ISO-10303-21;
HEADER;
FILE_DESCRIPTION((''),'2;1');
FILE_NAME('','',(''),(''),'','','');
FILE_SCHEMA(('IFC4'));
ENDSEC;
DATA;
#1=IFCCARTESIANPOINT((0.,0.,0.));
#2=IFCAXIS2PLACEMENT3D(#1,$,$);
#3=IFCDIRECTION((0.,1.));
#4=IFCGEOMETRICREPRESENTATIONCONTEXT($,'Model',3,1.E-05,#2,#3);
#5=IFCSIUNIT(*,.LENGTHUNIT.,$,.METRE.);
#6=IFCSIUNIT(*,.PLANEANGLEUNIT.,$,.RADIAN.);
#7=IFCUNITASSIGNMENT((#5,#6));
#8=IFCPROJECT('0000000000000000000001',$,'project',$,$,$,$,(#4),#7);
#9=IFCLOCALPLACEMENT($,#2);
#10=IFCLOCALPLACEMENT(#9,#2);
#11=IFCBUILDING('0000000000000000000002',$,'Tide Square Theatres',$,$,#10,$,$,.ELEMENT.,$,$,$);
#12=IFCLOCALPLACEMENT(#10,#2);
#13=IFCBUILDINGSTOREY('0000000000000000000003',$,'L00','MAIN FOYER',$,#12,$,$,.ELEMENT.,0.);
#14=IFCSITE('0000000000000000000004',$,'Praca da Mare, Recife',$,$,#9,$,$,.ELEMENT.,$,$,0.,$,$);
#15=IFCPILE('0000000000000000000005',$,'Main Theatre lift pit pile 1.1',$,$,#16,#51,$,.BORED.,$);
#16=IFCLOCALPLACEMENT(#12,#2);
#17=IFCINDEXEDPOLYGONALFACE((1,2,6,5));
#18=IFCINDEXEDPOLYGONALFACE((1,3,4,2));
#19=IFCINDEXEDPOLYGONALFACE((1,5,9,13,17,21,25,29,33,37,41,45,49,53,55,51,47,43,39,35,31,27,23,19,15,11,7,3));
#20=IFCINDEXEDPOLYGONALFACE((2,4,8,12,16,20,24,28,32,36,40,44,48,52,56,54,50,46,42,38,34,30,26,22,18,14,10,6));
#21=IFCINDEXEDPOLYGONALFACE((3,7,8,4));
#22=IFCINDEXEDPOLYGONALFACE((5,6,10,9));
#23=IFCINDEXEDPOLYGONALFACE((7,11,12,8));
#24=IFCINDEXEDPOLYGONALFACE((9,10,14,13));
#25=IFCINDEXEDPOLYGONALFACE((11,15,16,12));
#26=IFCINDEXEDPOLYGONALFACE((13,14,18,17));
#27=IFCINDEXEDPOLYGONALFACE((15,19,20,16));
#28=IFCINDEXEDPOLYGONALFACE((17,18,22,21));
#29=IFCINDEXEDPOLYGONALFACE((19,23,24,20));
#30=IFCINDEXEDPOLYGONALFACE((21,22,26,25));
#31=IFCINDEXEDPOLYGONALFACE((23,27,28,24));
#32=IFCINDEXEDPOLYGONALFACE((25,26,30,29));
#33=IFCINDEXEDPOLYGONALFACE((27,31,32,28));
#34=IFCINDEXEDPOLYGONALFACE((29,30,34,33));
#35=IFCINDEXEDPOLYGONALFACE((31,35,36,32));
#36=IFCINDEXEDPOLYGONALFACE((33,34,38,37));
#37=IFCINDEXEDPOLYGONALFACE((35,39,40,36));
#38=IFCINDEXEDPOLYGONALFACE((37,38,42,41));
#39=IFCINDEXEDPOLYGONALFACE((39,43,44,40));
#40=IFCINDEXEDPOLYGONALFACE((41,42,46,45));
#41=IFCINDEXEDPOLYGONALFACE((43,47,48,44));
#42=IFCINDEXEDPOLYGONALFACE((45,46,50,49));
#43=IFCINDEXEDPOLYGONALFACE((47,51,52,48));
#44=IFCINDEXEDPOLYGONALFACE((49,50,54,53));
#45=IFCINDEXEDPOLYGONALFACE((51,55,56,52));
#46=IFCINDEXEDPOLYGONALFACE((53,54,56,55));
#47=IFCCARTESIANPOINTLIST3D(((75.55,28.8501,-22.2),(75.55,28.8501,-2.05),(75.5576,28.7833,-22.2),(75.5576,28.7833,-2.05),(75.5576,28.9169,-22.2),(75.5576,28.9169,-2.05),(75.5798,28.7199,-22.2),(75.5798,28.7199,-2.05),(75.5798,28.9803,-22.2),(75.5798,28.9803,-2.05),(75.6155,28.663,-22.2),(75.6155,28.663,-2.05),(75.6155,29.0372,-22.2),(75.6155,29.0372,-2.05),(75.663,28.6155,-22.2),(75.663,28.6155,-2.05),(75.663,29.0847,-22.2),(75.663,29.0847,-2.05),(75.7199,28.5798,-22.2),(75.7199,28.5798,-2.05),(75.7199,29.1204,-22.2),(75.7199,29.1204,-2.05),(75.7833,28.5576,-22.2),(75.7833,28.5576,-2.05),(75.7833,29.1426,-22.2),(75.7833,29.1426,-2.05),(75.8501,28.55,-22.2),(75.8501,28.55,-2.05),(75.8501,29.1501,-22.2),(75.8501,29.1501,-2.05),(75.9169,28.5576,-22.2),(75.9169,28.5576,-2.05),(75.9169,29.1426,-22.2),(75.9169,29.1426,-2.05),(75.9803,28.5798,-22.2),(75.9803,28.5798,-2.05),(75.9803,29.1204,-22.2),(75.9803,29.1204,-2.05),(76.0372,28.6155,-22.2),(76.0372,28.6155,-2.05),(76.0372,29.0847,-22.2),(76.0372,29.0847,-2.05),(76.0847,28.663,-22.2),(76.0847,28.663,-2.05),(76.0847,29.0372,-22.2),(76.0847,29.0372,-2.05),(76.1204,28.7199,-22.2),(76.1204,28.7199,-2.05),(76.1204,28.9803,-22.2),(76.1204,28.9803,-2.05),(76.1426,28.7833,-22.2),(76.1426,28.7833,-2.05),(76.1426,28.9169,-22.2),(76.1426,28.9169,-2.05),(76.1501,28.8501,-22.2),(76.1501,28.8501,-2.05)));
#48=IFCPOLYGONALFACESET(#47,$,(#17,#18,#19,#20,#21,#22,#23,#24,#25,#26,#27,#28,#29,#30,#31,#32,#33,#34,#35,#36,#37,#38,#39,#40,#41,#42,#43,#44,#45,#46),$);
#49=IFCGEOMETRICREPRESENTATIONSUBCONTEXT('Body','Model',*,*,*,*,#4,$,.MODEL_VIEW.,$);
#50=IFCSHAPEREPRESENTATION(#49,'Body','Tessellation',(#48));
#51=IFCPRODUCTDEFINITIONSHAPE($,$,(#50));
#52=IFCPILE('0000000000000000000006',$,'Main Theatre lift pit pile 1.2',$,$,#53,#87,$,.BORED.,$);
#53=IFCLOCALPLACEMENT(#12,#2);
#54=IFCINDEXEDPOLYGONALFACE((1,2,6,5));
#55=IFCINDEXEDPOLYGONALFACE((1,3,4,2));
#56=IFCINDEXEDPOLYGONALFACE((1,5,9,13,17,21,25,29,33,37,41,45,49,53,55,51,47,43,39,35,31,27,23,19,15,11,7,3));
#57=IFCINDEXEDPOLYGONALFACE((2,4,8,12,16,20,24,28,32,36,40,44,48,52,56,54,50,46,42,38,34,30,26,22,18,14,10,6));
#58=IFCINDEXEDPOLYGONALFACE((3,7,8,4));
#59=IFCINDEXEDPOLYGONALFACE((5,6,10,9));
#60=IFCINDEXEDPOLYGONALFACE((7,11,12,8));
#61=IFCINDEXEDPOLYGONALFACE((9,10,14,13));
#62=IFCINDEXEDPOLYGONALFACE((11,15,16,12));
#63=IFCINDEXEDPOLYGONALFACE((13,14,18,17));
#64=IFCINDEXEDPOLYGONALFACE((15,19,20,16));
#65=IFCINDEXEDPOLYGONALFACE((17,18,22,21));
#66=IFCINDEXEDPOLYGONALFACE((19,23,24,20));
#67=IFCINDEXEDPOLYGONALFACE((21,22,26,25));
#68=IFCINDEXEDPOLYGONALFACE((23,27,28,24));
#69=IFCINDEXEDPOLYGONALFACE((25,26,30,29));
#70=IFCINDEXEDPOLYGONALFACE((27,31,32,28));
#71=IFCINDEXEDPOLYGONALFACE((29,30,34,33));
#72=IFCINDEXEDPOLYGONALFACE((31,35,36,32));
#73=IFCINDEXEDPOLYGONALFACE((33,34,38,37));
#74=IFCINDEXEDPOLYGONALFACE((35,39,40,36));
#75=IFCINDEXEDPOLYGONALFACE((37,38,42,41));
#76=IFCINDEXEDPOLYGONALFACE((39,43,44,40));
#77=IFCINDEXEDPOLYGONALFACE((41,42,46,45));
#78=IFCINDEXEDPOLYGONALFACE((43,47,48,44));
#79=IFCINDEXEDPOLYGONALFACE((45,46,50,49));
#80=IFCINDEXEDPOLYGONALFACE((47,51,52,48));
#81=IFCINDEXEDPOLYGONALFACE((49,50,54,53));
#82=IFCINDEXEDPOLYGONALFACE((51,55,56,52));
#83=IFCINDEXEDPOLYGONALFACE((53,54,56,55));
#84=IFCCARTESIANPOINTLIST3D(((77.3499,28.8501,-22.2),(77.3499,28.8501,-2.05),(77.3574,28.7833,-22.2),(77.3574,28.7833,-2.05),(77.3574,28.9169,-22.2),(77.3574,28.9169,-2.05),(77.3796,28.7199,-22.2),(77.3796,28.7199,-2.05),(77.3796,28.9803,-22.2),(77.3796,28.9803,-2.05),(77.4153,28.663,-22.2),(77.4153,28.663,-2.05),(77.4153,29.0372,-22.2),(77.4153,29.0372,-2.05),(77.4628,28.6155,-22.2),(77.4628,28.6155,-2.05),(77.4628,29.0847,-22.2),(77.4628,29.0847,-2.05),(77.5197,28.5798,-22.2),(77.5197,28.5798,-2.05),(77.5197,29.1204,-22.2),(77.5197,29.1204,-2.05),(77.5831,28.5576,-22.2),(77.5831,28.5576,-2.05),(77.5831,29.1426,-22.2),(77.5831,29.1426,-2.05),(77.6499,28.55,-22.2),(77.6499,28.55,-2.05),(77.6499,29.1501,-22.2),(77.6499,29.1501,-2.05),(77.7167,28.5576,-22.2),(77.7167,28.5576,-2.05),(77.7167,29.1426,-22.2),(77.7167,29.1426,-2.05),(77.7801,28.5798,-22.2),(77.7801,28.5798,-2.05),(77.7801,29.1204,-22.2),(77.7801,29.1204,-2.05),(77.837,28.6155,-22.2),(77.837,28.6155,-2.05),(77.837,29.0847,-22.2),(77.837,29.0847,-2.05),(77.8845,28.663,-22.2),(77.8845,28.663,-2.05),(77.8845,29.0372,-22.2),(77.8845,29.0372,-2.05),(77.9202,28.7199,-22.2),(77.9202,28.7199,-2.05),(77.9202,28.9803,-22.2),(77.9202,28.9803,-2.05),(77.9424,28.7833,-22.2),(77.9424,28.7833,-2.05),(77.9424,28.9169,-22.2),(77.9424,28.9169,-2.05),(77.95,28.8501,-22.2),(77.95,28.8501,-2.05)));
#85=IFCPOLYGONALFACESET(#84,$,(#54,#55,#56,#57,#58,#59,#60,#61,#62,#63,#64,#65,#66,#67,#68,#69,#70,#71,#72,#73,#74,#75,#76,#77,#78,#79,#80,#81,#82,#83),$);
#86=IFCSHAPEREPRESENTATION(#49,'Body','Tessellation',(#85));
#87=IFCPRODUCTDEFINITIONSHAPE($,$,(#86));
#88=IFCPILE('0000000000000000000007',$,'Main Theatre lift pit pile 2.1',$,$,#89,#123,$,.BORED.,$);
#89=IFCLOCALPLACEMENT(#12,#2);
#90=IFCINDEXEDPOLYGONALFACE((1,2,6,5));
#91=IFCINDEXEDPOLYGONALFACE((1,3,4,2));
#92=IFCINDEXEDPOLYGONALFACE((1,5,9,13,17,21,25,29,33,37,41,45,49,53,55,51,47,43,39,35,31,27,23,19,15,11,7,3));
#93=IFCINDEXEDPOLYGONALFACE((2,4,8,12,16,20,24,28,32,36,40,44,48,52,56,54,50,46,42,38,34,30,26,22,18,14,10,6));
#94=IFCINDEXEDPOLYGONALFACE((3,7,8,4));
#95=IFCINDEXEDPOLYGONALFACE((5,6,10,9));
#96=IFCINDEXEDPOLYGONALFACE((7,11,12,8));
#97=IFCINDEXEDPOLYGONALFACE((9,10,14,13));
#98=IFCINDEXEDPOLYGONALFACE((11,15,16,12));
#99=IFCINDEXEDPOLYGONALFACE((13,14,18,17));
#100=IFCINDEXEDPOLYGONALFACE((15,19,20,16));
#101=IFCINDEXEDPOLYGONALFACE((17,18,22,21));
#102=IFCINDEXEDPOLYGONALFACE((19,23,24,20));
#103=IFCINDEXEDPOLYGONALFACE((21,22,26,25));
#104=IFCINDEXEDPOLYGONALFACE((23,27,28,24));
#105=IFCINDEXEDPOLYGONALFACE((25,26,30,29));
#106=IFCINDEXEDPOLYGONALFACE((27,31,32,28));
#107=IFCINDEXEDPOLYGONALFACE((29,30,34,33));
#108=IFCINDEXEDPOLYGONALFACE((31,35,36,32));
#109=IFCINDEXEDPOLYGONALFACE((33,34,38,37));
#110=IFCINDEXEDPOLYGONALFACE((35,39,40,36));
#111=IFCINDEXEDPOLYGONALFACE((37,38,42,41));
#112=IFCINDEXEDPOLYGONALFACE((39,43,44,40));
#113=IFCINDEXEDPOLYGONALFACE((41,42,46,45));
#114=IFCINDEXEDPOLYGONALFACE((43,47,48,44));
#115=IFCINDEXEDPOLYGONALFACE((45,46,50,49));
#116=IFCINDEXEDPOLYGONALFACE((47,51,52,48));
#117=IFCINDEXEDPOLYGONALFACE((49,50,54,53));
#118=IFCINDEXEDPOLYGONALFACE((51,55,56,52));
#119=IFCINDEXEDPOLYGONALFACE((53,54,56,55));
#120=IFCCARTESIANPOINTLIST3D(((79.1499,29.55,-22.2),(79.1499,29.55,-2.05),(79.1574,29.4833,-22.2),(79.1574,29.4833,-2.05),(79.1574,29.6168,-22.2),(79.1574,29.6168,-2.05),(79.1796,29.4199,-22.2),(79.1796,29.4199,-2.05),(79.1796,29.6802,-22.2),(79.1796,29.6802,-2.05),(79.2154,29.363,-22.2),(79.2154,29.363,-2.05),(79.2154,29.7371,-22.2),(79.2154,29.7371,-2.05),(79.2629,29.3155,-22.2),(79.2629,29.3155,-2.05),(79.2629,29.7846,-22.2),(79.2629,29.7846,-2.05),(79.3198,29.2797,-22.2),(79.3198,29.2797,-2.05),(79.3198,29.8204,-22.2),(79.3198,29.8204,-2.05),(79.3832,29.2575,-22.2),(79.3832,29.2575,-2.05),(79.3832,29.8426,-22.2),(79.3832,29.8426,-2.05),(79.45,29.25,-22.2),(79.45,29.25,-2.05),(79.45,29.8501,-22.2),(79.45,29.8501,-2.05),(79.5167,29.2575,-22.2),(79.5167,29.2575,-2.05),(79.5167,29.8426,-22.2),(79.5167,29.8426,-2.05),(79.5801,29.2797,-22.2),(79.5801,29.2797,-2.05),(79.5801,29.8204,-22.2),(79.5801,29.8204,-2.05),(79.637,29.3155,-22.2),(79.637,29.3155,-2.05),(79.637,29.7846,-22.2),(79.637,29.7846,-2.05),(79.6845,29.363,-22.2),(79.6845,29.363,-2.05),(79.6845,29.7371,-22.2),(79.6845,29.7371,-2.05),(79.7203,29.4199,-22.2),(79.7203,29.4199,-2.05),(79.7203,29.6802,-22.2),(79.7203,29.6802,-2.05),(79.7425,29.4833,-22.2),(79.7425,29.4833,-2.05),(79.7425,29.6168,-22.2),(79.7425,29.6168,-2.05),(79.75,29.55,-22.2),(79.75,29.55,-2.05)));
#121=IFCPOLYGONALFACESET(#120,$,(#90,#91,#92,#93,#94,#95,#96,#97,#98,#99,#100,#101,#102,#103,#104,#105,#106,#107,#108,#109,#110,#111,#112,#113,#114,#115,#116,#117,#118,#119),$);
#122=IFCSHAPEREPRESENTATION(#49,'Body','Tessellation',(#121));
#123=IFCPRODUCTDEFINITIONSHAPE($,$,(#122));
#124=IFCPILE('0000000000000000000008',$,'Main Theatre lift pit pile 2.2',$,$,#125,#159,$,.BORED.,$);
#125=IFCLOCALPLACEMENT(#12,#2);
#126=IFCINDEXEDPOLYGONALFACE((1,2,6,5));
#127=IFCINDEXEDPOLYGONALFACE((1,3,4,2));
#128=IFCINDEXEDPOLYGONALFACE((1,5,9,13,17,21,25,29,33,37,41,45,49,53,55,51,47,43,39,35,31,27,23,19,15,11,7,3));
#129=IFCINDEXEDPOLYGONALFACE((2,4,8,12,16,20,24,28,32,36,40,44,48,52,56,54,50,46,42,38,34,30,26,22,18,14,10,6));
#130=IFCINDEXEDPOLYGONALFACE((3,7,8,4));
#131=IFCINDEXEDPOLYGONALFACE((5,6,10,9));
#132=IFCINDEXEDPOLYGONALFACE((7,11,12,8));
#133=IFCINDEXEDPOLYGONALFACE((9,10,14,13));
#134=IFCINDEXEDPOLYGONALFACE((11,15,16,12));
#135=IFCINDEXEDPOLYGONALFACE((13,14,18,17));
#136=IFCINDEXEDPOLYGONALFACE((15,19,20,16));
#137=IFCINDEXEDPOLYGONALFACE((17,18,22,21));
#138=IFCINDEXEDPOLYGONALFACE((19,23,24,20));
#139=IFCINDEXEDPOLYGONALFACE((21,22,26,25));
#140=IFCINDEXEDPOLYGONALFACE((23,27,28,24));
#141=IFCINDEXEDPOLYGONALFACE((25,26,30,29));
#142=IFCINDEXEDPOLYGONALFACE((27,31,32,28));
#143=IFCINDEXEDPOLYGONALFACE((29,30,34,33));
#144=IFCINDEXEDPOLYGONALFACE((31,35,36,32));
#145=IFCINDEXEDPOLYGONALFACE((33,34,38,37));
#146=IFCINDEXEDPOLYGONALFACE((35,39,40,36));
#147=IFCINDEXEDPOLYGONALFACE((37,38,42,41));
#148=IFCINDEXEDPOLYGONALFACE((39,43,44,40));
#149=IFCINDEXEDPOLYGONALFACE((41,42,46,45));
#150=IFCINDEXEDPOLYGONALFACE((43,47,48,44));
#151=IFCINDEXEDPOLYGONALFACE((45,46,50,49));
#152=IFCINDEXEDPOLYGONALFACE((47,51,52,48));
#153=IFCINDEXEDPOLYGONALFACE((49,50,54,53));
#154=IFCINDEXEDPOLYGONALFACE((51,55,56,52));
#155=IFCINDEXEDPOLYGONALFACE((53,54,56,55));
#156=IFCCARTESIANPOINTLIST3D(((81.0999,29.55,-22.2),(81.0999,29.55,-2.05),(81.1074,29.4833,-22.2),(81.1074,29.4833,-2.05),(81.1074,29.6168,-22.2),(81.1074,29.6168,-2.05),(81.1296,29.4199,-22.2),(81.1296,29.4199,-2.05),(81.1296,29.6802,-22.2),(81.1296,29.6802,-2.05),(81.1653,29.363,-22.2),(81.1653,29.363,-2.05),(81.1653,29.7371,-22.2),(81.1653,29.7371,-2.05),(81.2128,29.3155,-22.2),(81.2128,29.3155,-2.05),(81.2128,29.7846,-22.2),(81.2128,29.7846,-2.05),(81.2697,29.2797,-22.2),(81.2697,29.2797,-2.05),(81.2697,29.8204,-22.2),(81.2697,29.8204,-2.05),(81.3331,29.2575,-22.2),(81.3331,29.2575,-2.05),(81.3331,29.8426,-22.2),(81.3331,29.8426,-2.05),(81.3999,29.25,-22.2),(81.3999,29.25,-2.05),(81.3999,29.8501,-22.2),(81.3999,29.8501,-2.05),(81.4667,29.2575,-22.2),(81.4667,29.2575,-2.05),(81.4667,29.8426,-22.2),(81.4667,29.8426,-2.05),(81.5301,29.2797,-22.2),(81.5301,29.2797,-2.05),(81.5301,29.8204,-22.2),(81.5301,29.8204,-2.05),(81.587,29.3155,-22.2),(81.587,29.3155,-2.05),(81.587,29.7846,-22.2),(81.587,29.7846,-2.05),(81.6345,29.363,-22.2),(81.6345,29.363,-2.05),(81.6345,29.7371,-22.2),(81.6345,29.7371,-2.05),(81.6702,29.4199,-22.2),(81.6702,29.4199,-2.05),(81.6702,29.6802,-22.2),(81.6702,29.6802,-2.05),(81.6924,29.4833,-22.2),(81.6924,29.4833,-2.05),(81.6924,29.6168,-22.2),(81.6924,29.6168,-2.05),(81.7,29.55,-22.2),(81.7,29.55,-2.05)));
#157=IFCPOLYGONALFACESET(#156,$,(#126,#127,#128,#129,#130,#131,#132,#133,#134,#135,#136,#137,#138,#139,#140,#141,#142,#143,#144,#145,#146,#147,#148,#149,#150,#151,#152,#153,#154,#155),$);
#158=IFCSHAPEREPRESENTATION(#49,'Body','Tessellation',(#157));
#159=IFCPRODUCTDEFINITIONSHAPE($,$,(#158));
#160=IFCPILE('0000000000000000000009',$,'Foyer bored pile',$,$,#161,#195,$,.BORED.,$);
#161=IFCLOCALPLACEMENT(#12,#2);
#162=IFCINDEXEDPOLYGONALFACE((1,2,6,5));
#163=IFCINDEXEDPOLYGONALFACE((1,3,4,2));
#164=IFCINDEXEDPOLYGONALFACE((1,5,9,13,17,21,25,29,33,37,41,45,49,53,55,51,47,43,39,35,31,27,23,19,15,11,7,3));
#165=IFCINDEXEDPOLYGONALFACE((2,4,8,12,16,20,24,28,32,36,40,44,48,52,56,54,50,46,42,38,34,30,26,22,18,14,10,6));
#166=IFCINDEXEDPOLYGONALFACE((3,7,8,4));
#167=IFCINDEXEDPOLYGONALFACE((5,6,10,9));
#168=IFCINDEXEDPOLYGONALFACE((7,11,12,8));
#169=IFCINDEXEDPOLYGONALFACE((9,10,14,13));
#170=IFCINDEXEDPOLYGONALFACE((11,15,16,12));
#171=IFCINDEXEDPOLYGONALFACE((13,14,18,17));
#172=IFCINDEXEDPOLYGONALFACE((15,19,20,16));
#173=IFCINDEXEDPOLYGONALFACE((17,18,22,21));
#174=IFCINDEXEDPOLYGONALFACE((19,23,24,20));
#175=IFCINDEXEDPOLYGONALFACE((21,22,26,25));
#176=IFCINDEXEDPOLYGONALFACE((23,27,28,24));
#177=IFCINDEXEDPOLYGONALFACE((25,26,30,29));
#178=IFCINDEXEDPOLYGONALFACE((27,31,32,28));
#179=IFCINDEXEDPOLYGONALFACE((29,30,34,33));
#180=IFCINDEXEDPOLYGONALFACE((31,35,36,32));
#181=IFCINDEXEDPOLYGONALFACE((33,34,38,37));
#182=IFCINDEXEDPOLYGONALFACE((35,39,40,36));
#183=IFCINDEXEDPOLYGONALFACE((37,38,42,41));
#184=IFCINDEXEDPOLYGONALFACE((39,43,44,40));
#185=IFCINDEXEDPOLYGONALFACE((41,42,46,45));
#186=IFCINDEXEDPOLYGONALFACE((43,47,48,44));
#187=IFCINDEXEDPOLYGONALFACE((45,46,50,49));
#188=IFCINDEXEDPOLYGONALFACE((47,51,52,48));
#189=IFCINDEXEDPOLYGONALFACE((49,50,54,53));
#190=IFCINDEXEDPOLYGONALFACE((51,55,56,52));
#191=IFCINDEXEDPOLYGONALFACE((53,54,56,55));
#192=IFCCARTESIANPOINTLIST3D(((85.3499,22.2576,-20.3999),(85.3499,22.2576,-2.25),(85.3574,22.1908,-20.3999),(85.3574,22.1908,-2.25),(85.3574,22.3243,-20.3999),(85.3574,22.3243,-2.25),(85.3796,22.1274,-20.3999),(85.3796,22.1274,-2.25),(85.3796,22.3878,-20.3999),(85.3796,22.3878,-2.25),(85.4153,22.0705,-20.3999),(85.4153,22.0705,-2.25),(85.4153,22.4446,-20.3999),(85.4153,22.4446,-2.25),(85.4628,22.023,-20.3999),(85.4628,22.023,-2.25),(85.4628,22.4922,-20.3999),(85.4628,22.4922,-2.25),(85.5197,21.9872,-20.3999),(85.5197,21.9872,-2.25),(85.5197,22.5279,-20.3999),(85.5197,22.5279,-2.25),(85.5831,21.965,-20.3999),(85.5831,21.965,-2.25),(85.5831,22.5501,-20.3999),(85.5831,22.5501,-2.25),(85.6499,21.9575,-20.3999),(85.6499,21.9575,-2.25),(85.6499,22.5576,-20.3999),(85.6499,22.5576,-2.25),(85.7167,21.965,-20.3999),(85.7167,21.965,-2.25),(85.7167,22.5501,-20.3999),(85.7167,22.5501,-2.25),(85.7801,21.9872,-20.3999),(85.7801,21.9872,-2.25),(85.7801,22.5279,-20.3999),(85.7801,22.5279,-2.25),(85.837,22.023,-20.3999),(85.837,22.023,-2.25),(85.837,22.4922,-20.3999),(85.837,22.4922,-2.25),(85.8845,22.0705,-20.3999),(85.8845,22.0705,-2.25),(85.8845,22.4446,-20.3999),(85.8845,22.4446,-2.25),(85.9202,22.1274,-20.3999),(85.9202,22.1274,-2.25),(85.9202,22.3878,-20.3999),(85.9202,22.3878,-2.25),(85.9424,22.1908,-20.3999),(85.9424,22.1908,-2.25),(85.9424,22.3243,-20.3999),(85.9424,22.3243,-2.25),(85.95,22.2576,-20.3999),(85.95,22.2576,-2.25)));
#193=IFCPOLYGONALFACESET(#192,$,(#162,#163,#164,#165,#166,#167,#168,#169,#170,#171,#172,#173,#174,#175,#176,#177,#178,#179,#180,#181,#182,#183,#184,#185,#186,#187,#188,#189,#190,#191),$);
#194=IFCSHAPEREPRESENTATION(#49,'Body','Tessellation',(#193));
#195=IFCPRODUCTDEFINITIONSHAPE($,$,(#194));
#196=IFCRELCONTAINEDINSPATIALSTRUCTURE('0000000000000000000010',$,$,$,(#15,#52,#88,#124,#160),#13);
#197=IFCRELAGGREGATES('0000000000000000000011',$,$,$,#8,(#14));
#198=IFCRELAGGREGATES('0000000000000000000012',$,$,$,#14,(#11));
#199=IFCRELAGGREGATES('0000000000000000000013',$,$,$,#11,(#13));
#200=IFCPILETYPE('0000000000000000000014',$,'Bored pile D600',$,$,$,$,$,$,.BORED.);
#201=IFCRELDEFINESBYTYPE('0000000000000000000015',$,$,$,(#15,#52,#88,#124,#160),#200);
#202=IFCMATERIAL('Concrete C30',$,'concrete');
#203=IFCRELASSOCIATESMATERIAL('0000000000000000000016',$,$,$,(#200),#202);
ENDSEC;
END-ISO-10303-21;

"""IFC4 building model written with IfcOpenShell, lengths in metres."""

from ifc_helpers import new_model, si_unit, direction, frame, origin, origin_2d, place, context, subcontext, project, spatial, circle, extrude, material, material_profile, profile_set, type_object, element, save


model = new_model("IFC4")

# Units and contexts
model_context = context("Model", 3, precision=1e-05, world=origin(), true_north=direction((0.0, 1.0)))
body_context = subcontext(model_context, "Body", "Model", "MODEL_VIEW")
ifc_project = project(units=[si_unit("LENGTHUNIT", "METRE"), si_unit("PLANEANGLEUNIT", "RADIAN")], contexts=[model_context])

# Site, building, storey
site_placement = place(None, origin())
site = spatial("IfcSite", under=ifc_project, at=site_placement, Name="Praca da Mare, Recife", CompositionType="ELEMENT", RefElevation=0.0)
building_placement = place(site_placement, origin())
building = spatial("IfcBuilding", under=site, at=building_placement, Name="Tide Square Theatres", CompositionType="ELEMENT")
storey_placement = place(building_placement, origin())
storey = spatial("IfcBuildingStorey", under=building, at=storey_placement, Name="L00", Description="MAIN FOYER", CompositionType="ELEMENT", Elevation=0.0)

# Piles
ifc_material_1 = material(Name="Concrete C30", Category="concrete")
ifc_material_profile_1 = material_profile(ifc_material_1, circle(Radius=0.3, at=origin_2d()))
ifc_profile_set_1 = profile_set([ifc_material_profile_1], Name="Concrete C30")
pile_type_1 = type_object("IfcPileType", Name="Bored pile D600", PredefinedType="BORED", material=ifc_profile_set_1)
for number, where, z_axis, x_axis, name in (
    (1, (75.8501, 28.8501, -2.05), (0.0, 0.0, -1.0), (1.0, 0.0, 0.0), "Main Theatre lift pit pile 1.1"),
    (2, (77.6499, 28.8501, -2.05), (0.0, 0.0, -1.0), (1.0, 0.0, 0.0), "Main Theatre lift pit pile 1.2"),
    (3, (79.45, 29.55, -2.05), (0.0, 0.0, -1.0), (1.0, 0.0, 0.0), "Main Theatre lift pit pile 2.1"),
    (4, (81.3999, 29.55, -2.05), (0.0, 0.0, -1.0), (1.0, 0.0, 0.0), "Main Theatre lift pit pile 2.2"),
):
    element("IfcPile", number, at=place(storey_placement, frame(where, z_axis=z_axis, x_axis=x_axis)), inside=storey, type_object=pile_type_1, Name=name, PredefinedType="BORED", context=body_context, shape_type="SweptSolid", body=[
        extrude(circle(Radius=0.3, at=origin_2d()), origin(), (0.0, 0.0, 1.0), 20.1499),
    ])
pile_placement = place(storey_placement, frame((85.6499, 22.2576, -2.25), z_axis=(0.0, 0.0, -1.0), x_axis=(1.0, 0.0, 0.0)))
element("IfcPile", 5, at=pile_placement, inside=storey, type_object=pile_type_1, Name="Foyer bored pile", PredefinedType="BORED", context=body_context, shape_type="SweptSolid", body=[
    extrude(circle(Radius=0.3, at=origin_2d()), origin(), (0.0, 0.0, 1.0), 18.1499),
])

save(model, "model.ifc")
